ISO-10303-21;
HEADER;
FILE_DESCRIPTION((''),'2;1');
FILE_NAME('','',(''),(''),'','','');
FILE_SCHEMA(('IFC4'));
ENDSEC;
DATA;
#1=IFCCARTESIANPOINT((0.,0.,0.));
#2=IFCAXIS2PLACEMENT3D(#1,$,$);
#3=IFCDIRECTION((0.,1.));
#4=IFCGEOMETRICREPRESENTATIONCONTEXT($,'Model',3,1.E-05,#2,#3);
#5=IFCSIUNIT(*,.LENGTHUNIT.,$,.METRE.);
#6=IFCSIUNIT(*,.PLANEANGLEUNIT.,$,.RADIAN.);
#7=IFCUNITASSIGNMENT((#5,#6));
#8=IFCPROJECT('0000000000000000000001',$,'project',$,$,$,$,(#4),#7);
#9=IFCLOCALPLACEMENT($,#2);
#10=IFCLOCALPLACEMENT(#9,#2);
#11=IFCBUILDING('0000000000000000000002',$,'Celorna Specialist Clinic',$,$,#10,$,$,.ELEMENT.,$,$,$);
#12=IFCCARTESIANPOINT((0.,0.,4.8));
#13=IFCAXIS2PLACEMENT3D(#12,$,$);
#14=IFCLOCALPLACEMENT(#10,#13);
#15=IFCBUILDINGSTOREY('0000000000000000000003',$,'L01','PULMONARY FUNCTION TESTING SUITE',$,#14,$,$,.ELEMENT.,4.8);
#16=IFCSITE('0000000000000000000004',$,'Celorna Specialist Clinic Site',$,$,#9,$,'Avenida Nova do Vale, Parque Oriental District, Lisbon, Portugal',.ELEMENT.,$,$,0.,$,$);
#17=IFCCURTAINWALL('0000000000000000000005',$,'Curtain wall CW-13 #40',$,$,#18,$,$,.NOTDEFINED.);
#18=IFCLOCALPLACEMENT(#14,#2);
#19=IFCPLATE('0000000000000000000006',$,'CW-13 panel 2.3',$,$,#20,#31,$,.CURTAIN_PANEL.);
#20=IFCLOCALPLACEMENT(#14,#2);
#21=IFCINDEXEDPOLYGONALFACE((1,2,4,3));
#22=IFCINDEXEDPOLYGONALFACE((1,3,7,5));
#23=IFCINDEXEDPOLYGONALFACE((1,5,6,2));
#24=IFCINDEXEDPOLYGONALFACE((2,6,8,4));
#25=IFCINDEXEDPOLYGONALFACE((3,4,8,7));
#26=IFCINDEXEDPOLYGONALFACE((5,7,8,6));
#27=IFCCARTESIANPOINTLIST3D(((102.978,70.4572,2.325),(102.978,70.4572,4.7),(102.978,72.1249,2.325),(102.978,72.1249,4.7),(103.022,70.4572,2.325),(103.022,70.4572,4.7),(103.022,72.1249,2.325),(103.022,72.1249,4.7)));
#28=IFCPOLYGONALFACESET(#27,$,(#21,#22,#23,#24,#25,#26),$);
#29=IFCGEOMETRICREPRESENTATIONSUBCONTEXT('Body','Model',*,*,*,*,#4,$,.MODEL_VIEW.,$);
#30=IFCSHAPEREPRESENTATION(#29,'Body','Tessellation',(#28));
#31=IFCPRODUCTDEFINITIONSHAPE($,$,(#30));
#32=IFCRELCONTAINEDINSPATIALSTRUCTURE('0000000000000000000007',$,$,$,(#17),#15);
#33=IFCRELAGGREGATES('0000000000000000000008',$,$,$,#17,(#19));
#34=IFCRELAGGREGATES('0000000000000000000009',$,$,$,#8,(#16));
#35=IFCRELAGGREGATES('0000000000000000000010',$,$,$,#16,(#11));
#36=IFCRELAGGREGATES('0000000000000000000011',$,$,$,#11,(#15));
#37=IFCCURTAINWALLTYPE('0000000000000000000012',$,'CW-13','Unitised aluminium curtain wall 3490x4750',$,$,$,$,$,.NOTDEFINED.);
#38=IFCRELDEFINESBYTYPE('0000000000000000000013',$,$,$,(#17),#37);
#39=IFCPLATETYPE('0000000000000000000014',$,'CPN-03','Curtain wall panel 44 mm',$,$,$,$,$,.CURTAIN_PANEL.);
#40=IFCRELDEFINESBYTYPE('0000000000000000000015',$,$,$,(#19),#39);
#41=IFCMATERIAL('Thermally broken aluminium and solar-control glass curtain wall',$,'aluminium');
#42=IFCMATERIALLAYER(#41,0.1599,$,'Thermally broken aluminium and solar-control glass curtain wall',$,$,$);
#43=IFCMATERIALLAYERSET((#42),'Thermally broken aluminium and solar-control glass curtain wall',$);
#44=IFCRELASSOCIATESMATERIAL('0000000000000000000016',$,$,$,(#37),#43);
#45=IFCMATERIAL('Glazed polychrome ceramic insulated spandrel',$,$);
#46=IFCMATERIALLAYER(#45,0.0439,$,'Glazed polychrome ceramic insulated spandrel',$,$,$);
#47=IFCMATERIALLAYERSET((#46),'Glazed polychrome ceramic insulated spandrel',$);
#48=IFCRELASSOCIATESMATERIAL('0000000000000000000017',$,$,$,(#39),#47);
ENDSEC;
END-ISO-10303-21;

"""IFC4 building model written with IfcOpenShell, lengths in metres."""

from ifc_helpers import new_model, si_unit, direction, frame, origin, origin_2d, place, context, subcontext, project, spatial, rectangle, extrude, material, layer, layer_set, type_object, element, aggregate, save


model = new_model("IFC4")

# Units and contexts
model_context = context("Model", 3, precision=1e-05, world=origin(), true_north=direction((0.0, 1.0)))
body_context = subcontext(model_context, "Body", "Model", "MODEL_VIEW")
ifc_project = project(units=[si_unit("LENGTHUNIT", "METRE"), si_unit("PLANEANGLEUNIT", "RADIAN")], contexts=[model_context])

# Site, building, storey
site_placement = place(None, origin())
site = spatial("IfcSite", under=ifc_project, at=site_placement, Name="Celorna Specialist Clinic Site", LongName="Avenida Nova do Vale, Parque Oriental District, Lisbon, Portugal", CompositionType="ELEMENT", RefElevation=0.0)
building_placement = place(site_placement, origin())
building = spatial("IfcBuilding", under=site, at=building_placement, Name="Celorna Specialist Clinic", CompositionType="ELEMENT")
storey_placement = place(building_placement, frame((0.0, 0.0, 4.8)))
storey = spatial("IfcBuildingStorey", under=building, at=storey_placement, Name="L01", Description="PULMONARY FUNCTION TESTING SUITE", CompositionType="ELEMENT", Elevation=4.8)

# Shared definitions
ifc_material_1 = material(Name="Thermally broken aluminium and solar-control glass curtain wall", Category="aluminium")

# Curtain wall
ifc_layer_1 = layer(ifc_material_1, 0.1599, Name="Thermally broken aluminium and solar-control glass curtain wall")
ifc_layer_set_1 = layer_set([ifc_layer_1], Name="Thermally broken aluminium and solar-control glass curtain wall")
curtain_wall_type_1 = type_object("IfcCurtainWallType", Name="CW-13", Description="Unitised aluminium curtain wall 3490x4750", PredefinedType="NOTDEFINED", material=ifc_layer_set_1)
curtain_wall_1_placement = place(storey_placement, origin())
curtain_wall_1 = element("IfcCurtainWall", 1, at=curtain_wall_1_placement, inside=storey, type_object=curtain_wall_type_1, Name="Curtain wall CW-13 #40", PredefinedType="NOTDEFINED")

# Plate
ifc_material_2 = material(Name="Glazed polychrome ceramic insulated spandrel")
ifc_layer_2 = layer(ifc_material_2, 0.0439, Name="Glazed polychrome ceramic insulated spandrel")
ifc_layer_set_2 = layer_set([ifc_layer_2], Name="Glazed polychrome ceramic insulated spandrel")
plate_type = type_object("IfcPlateType", Name="CPN-03", Description="Curtain wall panel 44 mm", PredefinedType="CURTAIN_PANEL", material=ifc_layer_set_2)
plate_1_placement = place(storey_placement, frame((103.0, 71.291, 2.325), z_axis=(0.0, 0.0, 1.0), x_axis=(0.0, -1.0, 0.0)))
plate_1 = element("IfcPlate", 2, at=plate_1_placement, type_object=plate_type, Name="CW-13 panel 2.3", PredefinedType="CURTAIN_PANEL", context=body_context, shape_type="SweptSolid", body=[
    extrude(rectangle(XDim=1.6677, YDim=0.0439, at=origin_2d()), origin(), (0.0, 0.0, 1.0), 2.375),
])
aggregate(curtain_wall_1, [plate_1])

save(model, "model.ifc")
